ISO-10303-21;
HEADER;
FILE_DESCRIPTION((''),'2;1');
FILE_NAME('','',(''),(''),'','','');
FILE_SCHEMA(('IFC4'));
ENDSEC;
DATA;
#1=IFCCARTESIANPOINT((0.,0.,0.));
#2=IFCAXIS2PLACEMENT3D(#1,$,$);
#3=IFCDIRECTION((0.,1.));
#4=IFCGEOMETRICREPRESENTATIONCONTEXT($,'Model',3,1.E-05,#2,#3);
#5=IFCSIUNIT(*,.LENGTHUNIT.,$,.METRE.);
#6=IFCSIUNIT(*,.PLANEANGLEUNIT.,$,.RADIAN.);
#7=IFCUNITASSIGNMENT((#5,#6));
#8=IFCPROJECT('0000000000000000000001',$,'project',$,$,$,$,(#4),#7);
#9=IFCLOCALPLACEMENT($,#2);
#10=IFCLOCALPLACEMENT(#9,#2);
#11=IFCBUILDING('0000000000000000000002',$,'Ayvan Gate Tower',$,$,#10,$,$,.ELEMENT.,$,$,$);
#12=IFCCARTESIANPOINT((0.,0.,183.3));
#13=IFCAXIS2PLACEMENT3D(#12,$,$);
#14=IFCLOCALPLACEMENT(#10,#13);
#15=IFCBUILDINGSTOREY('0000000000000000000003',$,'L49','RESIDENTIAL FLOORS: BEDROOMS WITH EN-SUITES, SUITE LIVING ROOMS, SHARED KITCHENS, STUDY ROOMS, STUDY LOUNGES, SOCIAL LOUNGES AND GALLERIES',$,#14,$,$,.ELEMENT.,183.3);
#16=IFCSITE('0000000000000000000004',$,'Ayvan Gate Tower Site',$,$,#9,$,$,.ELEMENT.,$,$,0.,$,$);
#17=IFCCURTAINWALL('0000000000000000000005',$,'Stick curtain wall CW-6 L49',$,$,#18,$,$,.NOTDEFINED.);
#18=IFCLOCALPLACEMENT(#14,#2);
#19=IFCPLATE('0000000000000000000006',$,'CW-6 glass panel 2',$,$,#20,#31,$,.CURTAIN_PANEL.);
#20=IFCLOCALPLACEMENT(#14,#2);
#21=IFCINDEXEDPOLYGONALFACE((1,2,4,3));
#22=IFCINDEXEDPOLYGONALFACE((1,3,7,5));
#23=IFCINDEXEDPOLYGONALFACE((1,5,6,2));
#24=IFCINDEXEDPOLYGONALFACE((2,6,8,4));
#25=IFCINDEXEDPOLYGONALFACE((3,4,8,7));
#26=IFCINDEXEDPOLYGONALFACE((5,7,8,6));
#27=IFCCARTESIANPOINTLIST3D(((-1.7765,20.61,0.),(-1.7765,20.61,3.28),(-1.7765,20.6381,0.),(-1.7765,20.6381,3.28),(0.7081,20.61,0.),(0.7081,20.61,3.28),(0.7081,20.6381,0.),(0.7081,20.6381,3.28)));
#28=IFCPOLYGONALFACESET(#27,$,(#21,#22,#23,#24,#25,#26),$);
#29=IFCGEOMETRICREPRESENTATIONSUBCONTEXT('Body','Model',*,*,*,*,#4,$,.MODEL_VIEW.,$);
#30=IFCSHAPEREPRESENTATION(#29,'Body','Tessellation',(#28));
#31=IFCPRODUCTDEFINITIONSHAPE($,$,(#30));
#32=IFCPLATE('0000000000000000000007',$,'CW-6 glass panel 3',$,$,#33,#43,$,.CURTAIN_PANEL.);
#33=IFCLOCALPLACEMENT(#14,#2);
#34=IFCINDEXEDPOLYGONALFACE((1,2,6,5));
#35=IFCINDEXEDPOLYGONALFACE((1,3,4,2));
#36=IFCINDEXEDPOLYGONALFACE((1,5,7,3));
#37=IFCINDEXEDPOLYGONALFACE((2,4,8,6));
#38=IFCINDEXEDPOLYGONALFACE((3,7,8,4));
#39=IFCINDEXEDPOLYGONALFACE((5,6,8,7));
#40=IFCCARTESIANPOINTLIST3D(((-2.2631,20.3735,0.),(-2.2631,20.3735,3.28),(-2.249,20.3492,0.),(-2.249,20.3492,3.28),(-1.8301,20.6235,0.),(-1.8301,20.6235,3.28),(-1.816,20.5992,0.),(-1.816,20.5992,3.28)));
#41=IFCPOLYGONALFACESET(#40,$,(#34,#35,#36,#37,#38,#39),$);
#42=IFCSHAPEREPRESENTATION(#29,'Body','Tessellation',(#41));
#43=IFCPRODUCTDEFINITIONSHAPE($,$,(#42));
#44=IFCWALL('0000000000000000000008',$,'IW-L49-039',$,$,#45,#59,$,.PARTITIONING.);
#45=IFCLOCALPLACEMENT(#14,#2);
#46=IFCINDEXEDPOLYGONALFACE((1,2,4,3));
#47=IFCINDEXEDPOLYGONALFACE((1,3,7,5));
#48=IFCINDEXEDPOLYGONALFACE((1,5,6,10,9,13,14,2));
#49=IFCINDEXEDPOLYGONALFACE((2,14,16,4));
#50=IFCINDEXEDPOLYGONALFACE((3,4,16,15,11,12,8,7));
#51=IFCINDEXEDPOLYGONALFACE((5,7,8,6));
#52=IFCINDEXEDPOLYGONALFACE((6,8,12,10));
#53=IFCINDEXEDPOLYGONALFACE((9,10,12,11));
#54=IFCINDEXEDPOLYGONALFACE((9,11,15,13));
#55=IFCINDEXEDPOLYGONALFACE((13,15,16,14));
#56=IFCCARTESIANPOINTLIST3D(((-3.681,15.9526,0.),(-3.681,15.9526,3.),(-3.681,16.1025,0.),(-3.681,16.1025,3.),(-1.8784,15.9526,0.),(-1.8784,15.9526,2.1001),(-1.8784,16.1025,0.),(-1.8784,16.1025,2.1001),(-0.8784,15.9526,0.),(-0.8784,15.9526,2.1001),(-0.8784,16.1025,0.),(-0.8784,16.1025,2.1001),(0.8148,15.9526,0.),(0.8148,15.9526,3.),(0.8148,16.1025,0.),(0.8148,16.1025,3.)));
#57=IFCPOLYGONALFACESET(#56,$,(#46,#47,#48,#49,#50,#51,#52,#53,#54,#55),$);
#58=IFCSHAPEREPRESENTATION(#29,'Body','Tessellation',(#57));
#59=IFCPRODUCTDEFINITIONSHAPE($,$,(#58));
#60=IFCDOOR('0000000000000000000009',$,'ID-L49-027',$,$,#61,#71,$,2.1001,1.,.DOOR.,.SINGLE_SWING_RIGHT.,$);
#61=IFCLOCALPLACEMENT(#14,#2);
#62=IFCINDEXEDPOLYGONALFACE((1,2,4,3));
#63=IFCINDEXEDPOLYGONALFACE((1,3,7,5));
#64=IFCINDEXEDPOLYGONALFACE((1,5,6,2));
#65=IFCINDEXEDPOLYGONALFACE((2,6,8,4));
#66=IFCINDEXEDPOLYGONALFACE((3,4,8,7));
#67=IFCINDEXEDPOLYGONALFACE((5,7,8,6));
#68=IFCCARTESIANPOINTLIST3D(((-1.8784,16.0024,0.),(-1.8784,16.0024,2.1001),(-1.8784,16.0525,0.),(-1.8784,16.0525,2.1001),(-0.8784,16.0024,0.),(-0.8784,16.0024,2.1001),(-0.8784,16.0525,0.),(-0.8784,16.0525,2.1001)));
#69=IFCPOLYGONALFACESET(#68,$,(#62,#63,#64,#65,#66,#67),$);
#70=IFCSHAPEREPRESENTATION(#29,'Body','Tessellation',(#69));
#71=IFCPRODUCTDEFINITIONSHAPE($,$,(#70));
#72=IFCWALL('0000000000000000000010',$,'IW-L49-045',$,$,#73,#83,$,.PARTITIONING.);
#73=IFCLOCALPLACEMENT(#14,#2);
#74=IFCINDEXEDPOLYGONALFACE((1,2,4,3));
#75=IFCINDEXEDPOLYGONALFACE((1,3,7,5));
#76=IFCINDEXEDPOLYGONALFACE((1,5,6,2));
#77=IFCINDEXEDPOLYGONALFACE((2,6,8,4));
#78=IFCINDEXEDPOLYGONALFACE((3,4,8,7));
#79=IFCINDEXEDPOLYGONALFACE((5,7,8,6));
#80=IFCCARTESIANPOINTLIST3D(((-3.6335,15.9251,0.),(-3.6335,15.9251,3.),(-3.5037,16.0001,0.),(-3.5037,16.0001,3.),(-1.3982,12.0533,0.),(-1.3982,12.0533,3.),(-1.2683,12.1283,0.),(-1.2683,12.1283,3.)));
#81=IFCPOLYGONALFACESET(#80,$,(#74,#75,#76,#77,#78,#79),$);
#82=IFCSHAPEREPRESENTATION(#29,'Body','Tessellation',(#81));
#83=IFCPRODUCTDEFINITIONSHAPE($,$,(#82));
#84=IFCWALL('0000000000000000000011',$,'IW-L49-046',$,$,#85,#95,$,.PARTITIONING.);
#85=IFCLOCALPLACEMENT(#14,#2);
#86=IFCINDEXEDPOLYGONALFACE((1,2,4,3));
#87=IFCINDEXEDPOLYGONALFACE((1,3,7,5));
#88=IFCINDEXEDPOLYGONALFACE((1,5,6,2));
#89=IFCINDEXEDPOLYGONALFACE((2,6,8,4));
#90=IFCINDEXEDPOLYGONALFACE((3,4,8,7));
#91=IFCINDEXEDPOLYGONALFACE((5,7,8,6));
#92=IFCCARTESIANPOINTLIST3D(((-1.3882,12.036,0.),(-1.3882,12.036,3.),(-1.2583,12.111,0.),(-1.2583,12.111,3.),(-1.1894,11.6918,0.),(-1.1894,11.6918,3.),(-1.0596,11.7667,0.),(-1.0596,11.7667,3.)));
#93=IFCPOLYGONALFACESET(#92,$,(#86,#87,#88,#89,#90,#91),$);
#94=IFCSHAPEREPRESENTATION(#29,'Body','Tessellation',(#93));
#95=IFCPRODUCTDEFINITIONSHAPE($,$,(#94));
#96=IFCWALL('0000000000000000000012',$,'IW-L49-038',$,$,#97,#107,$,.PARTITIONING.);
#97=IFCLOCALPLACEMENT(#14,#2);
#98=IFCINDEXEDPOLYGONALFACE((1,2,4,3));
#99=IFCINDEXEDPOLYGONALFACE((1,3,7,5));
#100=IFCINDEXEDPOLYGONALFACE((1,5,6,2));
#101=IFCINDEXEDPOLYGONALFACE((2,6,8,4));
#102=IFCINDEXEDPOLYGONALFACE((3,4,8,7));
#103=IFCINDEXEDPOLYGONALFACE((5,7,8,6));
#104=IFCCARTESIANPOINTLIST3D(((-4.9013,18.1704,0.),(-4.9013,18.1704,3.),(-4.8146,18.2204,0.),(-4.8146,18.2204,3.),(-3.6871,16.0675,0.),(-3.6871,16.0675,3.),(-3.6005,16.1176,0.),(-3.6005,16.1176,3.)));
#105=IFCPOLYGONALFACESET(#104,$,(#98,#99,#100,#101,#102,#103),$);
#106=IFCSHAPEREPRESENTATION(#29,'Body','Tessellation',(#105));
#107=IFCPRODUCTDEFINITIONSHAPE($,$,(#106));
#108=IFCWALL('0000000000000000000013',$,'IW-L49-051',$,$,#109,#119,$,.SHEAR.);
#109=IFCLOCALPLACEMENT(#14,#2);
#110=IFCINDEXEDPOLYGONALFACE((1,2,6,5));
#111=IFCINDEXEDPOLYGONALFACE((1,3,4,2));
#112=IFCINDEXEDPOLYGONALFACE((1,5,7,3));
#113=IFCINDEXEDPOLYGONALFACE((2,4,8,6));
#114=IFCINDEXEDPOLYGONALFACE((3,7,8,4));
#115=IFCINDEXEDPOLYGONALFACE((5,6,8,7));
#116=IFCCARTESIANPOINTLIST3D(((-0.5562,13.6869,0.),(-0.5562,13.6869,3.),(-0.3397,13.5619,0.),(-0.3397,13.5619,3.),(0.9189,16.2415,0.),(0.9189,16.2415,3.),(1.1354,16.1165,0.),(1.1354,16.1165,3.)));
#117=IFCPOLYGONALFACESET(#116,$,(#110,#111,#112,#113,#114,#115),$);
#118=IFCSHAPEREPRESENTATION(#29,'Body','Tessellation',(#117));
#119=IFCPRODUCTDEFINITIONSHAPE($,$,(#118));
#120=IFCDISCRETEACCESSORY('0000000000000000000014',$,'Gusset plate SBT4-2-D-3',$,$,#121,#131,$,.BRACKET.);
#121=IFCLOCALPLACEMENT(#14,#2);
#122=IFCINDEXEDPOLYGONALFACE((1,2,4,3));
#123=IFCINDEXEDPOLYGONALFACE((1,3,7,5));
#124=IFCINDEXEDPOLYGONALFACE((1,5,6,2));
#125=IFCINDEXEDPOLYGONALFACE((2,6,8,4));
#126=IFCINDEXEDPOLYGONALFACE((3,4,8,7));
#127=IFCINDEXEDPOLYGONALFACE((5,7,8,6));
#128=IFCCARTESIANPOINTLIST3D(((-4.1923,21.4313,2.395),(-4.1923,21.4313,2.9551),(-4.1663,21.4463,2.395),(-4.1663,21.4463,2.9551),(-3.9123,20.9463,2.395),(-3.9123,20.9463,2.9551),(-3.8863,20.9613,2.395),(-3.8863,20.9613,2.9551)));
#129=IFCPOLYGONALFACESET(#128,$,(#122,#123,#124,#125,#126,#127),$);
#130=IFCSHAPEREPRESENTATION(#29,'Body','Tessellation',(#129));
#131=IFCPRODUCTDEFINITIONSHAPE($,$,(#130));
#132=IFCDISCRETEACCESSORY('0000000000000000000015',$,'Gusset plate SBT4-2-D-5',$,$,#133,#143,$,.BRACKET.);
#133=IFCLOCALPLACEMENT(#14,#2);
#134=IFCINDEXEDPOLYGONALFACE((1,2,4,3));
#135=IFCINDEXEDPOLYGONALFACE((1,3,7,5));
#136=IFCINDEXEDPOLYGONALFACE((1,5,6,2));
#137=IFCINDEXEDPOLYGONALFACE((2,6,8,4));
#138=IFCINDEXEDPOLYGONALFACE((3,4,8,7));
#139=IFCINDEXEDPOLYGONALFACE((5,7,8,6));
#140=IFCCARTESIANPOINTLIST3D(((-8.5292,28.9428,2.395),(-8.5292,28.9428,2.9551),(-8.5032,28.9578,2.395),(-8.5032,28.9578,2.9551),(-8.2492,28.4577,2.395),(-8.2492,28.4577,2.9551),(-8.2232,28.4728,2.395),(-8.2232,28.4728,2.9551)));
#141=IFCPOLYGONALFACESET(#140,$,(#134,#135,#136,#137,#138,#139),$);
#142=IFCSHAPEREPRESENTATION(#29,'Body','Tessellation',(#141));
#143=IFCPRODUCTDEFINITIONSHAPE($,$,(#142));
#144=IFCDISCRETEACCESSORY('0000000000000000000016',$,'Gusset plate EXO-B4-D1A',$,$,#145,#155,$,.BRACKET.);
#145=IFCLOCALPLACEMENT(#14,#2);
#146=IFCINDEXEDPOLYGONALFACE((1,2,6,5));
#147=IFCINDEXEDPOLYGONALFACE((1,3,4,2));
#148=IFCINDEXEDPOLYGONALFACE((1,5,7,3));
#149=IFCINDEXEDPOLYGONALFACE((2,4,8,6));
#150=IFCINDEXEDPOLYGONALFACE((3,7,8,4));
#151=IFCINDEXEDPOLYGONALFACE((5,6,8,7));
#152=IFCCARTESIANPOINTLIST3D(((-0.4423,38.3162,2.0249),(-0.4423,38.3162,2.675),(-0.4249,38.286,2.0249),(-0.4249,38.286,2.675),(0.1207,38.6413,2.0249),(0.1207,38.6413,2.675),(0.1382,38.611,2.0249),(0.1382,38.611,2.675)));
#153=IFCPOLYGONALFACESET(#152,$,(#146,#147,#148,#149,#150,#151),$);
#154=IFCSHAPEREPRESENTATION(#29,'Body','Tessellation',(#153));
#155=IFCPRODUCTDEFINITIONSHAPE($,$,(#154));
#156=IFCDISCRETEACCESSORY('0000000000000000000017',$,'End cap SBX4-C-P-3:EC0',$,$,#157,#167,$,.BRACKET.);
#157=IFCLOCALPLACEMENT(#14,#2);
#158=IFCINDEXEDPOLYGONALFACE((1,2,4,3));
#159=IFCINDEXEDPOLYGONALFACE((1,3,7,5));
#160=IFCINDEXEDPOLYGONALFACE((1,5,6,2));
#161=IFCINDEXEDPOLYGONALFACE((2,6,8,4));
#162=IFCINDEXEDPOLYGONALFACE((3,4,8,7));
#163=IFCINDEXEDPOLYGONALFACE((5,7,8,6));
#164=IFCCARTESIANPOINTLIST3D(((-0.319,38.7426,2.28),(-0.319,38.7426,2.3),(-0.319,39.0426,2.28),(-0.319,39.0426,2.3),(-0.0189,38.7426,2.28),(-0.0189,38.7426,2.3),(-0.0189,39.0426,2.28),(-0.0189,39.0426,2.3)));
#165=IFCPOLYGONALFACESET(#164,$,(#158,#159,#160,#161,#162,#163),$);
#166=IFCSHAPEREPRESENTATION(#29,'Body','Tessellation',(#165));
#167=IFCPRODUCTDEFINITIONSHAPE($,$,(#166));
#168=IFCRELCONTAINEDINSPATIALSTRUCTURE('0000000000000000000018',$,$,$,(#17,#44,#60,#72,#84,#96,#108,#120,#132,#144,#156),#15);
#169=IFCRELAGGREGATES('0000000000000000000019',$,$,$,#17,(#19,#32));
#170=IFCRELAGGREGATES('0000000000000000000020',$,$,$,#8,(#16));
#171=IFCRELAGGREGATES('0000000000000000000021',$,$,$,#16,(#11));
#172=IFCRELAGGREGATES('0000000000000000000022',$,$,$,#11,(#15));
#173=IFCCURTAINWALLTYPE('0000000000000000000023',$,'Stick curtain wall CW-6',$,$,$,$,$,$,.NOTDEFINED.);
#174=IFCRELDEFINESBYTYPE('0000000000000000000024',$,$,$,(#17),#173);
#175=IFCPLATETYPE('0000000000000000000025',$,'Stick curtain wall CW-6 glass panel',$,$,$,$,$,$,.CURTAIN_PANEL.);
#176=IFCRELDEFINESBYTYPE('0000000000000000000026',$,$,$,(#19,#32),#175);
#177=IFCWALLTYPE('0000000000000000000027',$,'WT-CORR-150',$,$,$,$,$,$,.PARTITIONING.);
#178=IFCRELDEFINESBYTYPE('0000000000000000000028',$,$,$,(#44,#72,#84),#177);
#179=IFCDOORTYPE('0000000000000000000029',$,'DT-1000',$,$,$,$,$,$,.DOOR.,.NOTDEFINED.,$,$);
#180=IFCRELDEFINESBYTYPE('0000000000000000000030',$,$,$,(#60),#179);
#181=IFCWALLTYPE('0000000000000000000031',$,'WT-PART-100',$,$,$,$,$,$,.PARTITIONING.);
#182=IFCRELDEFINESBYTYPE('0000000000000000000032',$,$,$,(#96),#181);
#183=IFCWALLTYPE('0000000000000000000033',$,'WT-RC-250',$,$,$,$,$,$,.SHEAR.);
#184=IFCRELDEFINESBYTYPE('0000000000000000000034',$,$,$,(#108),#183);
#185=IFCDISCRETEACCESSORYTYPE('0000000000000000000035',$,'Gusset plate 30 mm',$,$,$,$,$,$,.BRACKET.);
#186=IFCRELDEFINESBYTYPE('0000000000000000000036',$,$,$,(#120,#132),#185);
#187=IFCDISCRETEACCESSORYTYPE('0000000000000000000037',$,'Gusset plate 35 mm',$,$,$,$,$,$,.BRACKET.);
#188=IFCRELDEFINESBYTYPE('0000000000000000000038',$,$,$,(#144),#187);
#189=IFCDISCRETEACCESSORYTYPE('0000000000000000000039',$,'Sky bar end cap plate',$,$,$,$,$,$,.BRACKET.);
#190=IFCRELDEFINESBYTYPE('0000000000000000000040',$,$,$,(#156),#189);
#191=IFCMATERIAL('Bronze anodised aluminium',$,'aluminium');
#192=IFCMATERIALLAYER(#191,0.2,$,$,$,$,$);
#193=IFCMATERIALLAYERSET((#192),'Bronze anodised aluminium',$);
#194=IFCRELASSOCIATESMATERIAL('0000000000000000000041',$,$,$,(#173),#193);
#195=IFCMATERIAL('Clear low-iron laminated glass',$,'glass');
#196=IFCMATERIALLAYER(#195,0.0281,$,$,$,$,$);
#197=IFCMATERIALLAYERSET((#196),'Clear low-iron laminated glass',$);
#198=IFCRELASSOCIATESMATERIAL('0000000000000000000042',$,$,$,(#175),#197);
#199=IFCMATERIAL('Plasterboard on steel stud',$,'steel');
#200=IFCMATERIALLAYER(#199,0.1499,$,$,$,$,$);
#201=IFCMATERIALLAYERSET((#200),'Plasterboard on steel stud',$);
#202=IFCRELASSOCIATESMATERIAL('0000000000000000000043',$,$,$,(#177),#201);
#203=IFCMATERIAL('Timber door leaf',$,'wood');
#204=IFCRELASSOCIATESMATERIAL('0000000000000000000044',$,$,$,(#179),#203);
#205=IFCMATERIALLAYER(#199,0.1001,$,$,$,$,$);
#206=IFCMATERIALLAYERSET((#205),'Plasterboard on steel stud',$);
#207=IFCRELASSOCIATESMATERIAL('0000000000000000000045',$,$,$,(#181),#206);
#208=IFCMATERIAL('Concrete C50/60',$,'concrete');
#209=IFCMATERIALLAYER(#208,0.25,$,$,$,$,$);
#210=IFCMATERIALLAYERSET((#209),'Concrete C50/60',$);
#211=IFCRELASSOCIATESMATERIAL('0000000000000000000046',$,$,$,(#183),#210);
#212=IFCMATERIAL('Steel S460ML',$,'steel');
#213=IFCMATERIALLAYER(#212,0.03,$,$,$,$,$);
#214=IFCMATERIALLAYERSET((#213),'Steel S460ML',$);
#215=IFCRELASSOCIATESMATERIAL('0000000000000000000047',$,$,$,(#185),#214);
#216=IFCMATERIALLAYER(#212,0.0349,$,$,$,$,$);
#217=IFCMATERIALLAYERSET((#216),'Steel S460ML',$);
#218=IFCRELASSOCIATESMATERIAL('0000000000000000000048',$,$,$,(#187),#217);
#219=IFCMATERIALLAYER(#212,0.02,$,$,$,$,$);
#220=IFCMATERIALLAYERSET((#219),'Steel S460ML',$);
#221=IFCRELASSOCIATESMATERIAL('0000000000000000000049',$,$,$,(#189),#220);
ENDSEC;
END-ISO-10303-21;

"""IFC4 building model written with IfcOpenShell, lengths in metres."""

from ifc_helpers import new_model, si_unit, direction, frame, frame_2d, origin, origin_2d, place, context, subcontext, project, spatial, rectangle, extrude, material, layer, layer_set, type_object, element, fill, aggregate, save


model = new_model("IFC4")

# Units and contexts
model_context = context("Model", 3, precision=1e-05, world=origin(), true_north=direction((0.0, 1.0)))
body_context = subcontext(model_context, "Body", "Model", "MODEL_VIEW")
ifc_project = project(units=[si_unit("LENGTHUNIT", "METRE"), si_unit("PLANEANGLEUNIT", "RADIAN")], contexts=[model_context])

# Site, building, storey
site_placement = place(None, origin())
site = spatial("IfcSite", under=ifc_project, at=site_placement, Name="Ayvan Gate Tower Site", CompositionType="ELEMENT", RefElevation=0.0)
building_placement = place(site_placement, origin())
building = spatial("IfcBuilding", under=site, at=building_placement, Name="Ayvan Gate Tower", CompositionType="ELEMENT")
storey_placement = place(building_placement, frame((0.0, 0.0, 183.3)))
storey = spatial("IfcBuildingStorey", under=building, at=storey_placement, Name="L49", Description="RESIDENTIAL FLOORS: BEDROOMS WITH EN-SUITES, SUITE LIVING ROOMS, SHARED KITCHENS, STUDY ROOMS, STUDY LOUNGES, SOCIAL LOUNGES AND GALLERIES", CompositionType="ELEMENT", Elevation=183.3)

# Curtain wall
ifc_material_1 = material(Name="Bronze anodised aluminium", Category="aluminium")
ifc_layer_1 = layer(ifc_material_1, 0.2)
ifc_layer_set_1 = layer_set([ifc_layer_1], Name="Bronze anodised aluminium")
curtain_wall_type_1 = type_object("IfcCurtainWallType", Name="Stick curtain wall CW-6", PredefinedType="NOTDEFINED", material=ifc_layer_set_1)
curtain_wall_1_placement = place(storey_placement, origin())
curtain_wall_1 = element("IfcCurtainWall", 1, at=curtain_wall_1_placement, inside=storey, type_object=curtain_wall_type_1, Name="Stick curtain wall CW-6 L49", PredefinedType="NOTDEFINED")

# Plates
ifc_material_2 = material(Name="Clear low-iron laminated glass", Category="glass")
ifc_layer_2 = layer(ifc_material_2, 0.0281)
ifc_layer_set_2 = layer_set([ifc_layer_2], Name="Clear low-iron laminated glass")
plate_type_1 = type_object("IfcPlateType", Name="Stick curtain wall CW-6 glass panel", PredefinedType="CURTAIN_PANEL", material=ifc_layer_set_2)
plate_1_placement = place(storey_placement, frame((-0.5342, 20.624, 0.0), z_axis=(0.0, 0.0, 1.0), x_axis=(-1.0, 0.0, 0.0)))
plate_1 = element("IfcPlate", 2, at=plate_1_placement, type_object=plate_type_1, Name="CW-6 glass panel 2", PredefinedType="CURTAIN_PANEL", context=body_context, shape_type="SweptSolid", body=[
    extrude(rectangle(XDim=2.4846, YDim=0.0281, at=origin_2d()), origin(), (0.0, 0.0, 1.0), 3.28),
])
plate_2_placement = place(storey_placement, frame((-2.0396, 20.4863, 0.0), z_axis=(0.0, 0.0, 1.0), x_axis=(-0.866025, -0.5, 0.0)))
plate_2 = element("IfcPlate", 3, at=plate_2_placement, type_object=plate_type_1, Name="CW-6 glass panel 3", PredefinedType="CURTAIN_PANEL", context=body_context, shape_type="SweptSolid", body=[
    extrude(rectangle(XDim=0.5, YDim=0.0281, at=origin_2d()), origin(), (0.0, 0.0, 1.0), 3.28),
])
aggregate(curtain_wall_1, [plate_1, plate_2])

# Wall, opening, door
ifc_material_3 = material(Name="Plasterboard on steel stud", Category="steel")
ifc_layer_3 = layer(ifc_material_3, 0.1499)
ifc_layer_set_3 = layer_set([ifc_layer_3], Name="Plasterboard on steel stud")
wall_type_1 = type_object("IfcWallType", Name="WT-CORR-150", PredefinedType="PARTITIONING", material=ifc_layer_set_3)
wall_1_placement = place(storey_placement, frame((-3.6812, 16.0276, 0.0), z_axis=(0.0, 0.0, 1.0), x_axis=(1.0, 0.0, 0.0)))
wall_1 = element("IfcWall", 4, at=wall_1_placement, inside=storey, type_object=wall_type_1, Name="IW-L49-039", PredefinedType="PARTITIONING", context=body_context, shape_type="SweptSolid", body=[
    extrude(rectangle(XDim=4.4958, YDim=0.1499, at=frame_2d((2.248, 0.0))), origin(), (0.0, 0.0, 1.0), 3.0),
])
opening_placement = place(wall_1_placement, frame((1.8027, 0.0, 0.0)))
opening = element("IfcOpeningElement", 5, at=opening_placement, cuts=wall_1, PredefinedType="OPENING", context=body_context, shape_type="SweptSolid", body=[
    extrude(rectangle(XDim=1.0, YDim=2.1001, at=frame_2d((0.5, 1.05))), frame((0.0, 0.085, 0.0), z_axis=(0.0, -1.0, 0.0), x_axis=(1.0, 0.0, 0.0)), (0.0, 0.0, 1.0), 0.1699),
])
ifc_material_4 = material(Name="Timber door leaf", Category="wood")
door_type = type_object("IfcDoorType", Name="DT-1000", OperationType="NOTDEFINED", PredefinedType="DOOR", material=ifc_material_4)
door_placement = place(opening_placement, origin())
door = element("IfcDoor", 6, at=door_placement, inside=storey, type_object=door_type, Name="ID-L49-027", OperationType="SINGLE_SWING_RIGHT", OverallHeight=2.1001, OverallWidth=1.0, PredefinedType="DOOR", context=body_context, shape_type="SweptSolid", body=[
    extrude(rectangle(XDim=1.0, YDim=2.1001, at=frame_2d((0.5, 1.05))), frame((0.0, 0.0249, 0.0), z_axis=(0.0, -1.0, 0.0), x_axis=(1.0, 0.0, 0.0)), (0.0, 0.0, 1.0), 0.05),
])
fill(opening, door)

# Walls
wall_2_placement = place(storey_placement, frame((-1.3333, 12.0908, 0.0), z_axis=(0.0, 0.0, 1.0), x_axis=(-0.499992, 0.86603, 0.0)))
element("IfcWall", 7, at=wall_2_placement, inside=storey, type_object=wall_type_1, Name="IW-L49-045", PredefinedType="PARTITIONING", context=body_context, shape_type="SweptSolid", body=[
    extrude(rectangle(XDim=4.4707, YDim=0.1499, at=frame_2d((2.2354, 0.0))), origin(), (0.0, 0.0, 1.0), 3.0),
])
wall_3_placement = place(storey_placement, frame((-1.3232, 12.0735, 0.0), z_axis=(0.0, 0.0, 1.0), x_axis=(0.499971, -0.866042, 0.0)))
element("IfcWall", 8, at=wall_3_placement, inside=storey, type_object=wall_type_1, Name="IW-L49-046", PredefinedType="PARTITIONING", context=body_context, shape_type="SweptSolid", body=[
    extrude(rectangle(XDim=0.3975, YDim=0.1499, at=frame_2d((0.1987, 0.0))), origin(), (0.0, 0.0, 1.0), 3.0),
])
ifc_layer_4 = layer(ifc_material_3, 0.1001)
ifc_layer_set_4 = layer_set([ifc_layer_4], Name="Plasterboard on steel stud")
wall_type_2 = type_object("IfcWallType", Name="WT-PART-100", PredefinedType="PARTITIONING", material=ifc_layer_set_4)
wall_4_placement = place(storey_placement, frame((-3.6438, 16.0925, 0.0), z_axis=(0.0, 0.0, 1.0), x_axis=(-0.500021, 0.866013, 0.0)))
element("IfcWall", 9, at=wall_4_placement, inside=storey, type_object=wall_type_2, Name="IW-L49-038", PredefinedType="PARTITIONING", context=body_context, shape_type="SweptSolid", body=[
    extrude(rectangle(XDim=2.4282, YDim=0.1001, at=frame_2d((1.2141, 0.0))), origin(), (0.0, 0.0, 1.0), 3.0),
])
ifc_material_5 = material(Name="Concrete C50/60", Category="concrete")
ifc_layer_5 = layer(ifc_material_5, 0.25)
ifc_layer_set_5 = layer_set([ifc_layer_5], Name="Concrete C50/60")
wall_type_3 = type_object("IfcWallType", Name="WT-RC-250", PredefinedType="SHEAR", material=ifc_layer_set_5)
wall_5_placement = place(storey_placement, frame((-0.448, 13.6243, 0.0), z_axis=(0.0, 0.0, 1.0), x_axis=(0.500038, 0.866004, 0.0)))
element("IfcWall", 10, at=wall_5_placement, inside=storey, type_object=wall_type_3, Name="IW-L49-051", PredefinedType="SHEAR", context=body_context, shape_type="SweptSolid", body=[
    extrude(rectangle(XDim=2.95, YDim=0.25, at=frame_2d((1.4751, 0.0))), origin(), (0.0, 0.0, 1.0), 3.0),
])

# Discrete accessories
ifc_material_6 = material(Name="Steel S460ML", Category="steel")
ifc_layer_6 = layer(ifc_material_6, 0.03)
ifc_layer_set_6 = layer_set([ifc_layer_6], Name="Steel S460ML")
discrete_accessory_type_1 = type_object("IfcDiscreteAccessoryType", Name="Gusset plate 30 mm", PredefinedType="BRACKET", material=ifc_layer_set_6)
for number, where, z_axis, x_axis, name in (
    (11, (-4.0393, 21.1963, 2.395), (0.0, 0.0, 1.0), (-0.5, 0.866025, 0.0), "Gusset plate SBT4-2-D-3"),
    (12, (-8.3762, 28.7078, 2.395), (0.0, 0.0, 1.0), (-0.5, 0.866025, 0.0), "Gusset plate SBT4-2-D-5"),
):
    element("IfcDiscreteAccessory", number, at=place(storey_placement, frame(where, z_axis=z_axis, x_axis=x_axis)), inside=storey, type_object=discrete_accessory_type_1, Name=name, PredefinedType="BRACKET", context=body_context, shape_type="SweptSolid", body=[
        extrude(rectangle(XDim=0.5601, YDim=0.03, at=origin_2d()), origin(), (0.0, 0.0, 1.0), 0.5601),
    ])
ifc_layer_7 = layer(ifc_material_6, 0.0349)
ifc_layer_set_7 = layer_set([ifc_layer_7], Name="Steel S460ML")
discrete_accessory_type_2 = type_object("IfcDiscreteAccessoryType", Name="Gusset plate 35 mm", PredefinedType="BRACKET", material=ifc_layer_set_7)
discrete_accessory_1_placement = place(storey_placement, frame((-0.1521, 38.4636, 2.0249), z_axis=(0.0, 0.0, 1.0), x_axis=(0.866025, 0.5, 0.0)))
element("IfcDiscreteAccessory", 13, at=discrete_accessory_1_placement, inside=storey, type_object=discrete_accessory_type_2, Name="Gusset plate EXO-B4-D1A", PredefinedType="BRACKET", context=body_context, shape_type="SweptSolid", body=[
    extrude(rectangle(XDim=0.6501, YDim=0.0349, at=origin_2d()), origin(), (0.0, 0.0, 1.0), 0.6501),
])
ifc_layer_8 = layer(ifc_material_6, 0.02)
ifc_layer_set_8 = layer_set([ifc_layer_8], Name="Steel S460ML")
discrete_accessory_type_3 = type_object("IfcDiscreteAccessoryType", Name="Sky bar end cap plate", PredefinedType="BRACKET", material=ifc_layer_set_8)
discrete_accessory_2_placement = place(storey_placement, frame((-0.1689, 38.8926, 2.28), z_axis=(0.0, 0.0, 1.0), x_axis=(1.0, 0.0, 0.0)))
element("IfcDiscreteAccessory", 14, at=discrete_accessory_2_placement, inside=storey, type_object=discrete_accessory_type_3, Name="End cap SBX4-C-P-3:EC0", PredefinedType="BRACKET", context=body_context, shape_type="SweptSolid", body=[
    extrude(rectangle(XDim=0.3, YDim=0.3, at=origin_2d()), origin(), (0.0, 0.0, 1.0), 0.02),
])

save(model, "model.ifc")
